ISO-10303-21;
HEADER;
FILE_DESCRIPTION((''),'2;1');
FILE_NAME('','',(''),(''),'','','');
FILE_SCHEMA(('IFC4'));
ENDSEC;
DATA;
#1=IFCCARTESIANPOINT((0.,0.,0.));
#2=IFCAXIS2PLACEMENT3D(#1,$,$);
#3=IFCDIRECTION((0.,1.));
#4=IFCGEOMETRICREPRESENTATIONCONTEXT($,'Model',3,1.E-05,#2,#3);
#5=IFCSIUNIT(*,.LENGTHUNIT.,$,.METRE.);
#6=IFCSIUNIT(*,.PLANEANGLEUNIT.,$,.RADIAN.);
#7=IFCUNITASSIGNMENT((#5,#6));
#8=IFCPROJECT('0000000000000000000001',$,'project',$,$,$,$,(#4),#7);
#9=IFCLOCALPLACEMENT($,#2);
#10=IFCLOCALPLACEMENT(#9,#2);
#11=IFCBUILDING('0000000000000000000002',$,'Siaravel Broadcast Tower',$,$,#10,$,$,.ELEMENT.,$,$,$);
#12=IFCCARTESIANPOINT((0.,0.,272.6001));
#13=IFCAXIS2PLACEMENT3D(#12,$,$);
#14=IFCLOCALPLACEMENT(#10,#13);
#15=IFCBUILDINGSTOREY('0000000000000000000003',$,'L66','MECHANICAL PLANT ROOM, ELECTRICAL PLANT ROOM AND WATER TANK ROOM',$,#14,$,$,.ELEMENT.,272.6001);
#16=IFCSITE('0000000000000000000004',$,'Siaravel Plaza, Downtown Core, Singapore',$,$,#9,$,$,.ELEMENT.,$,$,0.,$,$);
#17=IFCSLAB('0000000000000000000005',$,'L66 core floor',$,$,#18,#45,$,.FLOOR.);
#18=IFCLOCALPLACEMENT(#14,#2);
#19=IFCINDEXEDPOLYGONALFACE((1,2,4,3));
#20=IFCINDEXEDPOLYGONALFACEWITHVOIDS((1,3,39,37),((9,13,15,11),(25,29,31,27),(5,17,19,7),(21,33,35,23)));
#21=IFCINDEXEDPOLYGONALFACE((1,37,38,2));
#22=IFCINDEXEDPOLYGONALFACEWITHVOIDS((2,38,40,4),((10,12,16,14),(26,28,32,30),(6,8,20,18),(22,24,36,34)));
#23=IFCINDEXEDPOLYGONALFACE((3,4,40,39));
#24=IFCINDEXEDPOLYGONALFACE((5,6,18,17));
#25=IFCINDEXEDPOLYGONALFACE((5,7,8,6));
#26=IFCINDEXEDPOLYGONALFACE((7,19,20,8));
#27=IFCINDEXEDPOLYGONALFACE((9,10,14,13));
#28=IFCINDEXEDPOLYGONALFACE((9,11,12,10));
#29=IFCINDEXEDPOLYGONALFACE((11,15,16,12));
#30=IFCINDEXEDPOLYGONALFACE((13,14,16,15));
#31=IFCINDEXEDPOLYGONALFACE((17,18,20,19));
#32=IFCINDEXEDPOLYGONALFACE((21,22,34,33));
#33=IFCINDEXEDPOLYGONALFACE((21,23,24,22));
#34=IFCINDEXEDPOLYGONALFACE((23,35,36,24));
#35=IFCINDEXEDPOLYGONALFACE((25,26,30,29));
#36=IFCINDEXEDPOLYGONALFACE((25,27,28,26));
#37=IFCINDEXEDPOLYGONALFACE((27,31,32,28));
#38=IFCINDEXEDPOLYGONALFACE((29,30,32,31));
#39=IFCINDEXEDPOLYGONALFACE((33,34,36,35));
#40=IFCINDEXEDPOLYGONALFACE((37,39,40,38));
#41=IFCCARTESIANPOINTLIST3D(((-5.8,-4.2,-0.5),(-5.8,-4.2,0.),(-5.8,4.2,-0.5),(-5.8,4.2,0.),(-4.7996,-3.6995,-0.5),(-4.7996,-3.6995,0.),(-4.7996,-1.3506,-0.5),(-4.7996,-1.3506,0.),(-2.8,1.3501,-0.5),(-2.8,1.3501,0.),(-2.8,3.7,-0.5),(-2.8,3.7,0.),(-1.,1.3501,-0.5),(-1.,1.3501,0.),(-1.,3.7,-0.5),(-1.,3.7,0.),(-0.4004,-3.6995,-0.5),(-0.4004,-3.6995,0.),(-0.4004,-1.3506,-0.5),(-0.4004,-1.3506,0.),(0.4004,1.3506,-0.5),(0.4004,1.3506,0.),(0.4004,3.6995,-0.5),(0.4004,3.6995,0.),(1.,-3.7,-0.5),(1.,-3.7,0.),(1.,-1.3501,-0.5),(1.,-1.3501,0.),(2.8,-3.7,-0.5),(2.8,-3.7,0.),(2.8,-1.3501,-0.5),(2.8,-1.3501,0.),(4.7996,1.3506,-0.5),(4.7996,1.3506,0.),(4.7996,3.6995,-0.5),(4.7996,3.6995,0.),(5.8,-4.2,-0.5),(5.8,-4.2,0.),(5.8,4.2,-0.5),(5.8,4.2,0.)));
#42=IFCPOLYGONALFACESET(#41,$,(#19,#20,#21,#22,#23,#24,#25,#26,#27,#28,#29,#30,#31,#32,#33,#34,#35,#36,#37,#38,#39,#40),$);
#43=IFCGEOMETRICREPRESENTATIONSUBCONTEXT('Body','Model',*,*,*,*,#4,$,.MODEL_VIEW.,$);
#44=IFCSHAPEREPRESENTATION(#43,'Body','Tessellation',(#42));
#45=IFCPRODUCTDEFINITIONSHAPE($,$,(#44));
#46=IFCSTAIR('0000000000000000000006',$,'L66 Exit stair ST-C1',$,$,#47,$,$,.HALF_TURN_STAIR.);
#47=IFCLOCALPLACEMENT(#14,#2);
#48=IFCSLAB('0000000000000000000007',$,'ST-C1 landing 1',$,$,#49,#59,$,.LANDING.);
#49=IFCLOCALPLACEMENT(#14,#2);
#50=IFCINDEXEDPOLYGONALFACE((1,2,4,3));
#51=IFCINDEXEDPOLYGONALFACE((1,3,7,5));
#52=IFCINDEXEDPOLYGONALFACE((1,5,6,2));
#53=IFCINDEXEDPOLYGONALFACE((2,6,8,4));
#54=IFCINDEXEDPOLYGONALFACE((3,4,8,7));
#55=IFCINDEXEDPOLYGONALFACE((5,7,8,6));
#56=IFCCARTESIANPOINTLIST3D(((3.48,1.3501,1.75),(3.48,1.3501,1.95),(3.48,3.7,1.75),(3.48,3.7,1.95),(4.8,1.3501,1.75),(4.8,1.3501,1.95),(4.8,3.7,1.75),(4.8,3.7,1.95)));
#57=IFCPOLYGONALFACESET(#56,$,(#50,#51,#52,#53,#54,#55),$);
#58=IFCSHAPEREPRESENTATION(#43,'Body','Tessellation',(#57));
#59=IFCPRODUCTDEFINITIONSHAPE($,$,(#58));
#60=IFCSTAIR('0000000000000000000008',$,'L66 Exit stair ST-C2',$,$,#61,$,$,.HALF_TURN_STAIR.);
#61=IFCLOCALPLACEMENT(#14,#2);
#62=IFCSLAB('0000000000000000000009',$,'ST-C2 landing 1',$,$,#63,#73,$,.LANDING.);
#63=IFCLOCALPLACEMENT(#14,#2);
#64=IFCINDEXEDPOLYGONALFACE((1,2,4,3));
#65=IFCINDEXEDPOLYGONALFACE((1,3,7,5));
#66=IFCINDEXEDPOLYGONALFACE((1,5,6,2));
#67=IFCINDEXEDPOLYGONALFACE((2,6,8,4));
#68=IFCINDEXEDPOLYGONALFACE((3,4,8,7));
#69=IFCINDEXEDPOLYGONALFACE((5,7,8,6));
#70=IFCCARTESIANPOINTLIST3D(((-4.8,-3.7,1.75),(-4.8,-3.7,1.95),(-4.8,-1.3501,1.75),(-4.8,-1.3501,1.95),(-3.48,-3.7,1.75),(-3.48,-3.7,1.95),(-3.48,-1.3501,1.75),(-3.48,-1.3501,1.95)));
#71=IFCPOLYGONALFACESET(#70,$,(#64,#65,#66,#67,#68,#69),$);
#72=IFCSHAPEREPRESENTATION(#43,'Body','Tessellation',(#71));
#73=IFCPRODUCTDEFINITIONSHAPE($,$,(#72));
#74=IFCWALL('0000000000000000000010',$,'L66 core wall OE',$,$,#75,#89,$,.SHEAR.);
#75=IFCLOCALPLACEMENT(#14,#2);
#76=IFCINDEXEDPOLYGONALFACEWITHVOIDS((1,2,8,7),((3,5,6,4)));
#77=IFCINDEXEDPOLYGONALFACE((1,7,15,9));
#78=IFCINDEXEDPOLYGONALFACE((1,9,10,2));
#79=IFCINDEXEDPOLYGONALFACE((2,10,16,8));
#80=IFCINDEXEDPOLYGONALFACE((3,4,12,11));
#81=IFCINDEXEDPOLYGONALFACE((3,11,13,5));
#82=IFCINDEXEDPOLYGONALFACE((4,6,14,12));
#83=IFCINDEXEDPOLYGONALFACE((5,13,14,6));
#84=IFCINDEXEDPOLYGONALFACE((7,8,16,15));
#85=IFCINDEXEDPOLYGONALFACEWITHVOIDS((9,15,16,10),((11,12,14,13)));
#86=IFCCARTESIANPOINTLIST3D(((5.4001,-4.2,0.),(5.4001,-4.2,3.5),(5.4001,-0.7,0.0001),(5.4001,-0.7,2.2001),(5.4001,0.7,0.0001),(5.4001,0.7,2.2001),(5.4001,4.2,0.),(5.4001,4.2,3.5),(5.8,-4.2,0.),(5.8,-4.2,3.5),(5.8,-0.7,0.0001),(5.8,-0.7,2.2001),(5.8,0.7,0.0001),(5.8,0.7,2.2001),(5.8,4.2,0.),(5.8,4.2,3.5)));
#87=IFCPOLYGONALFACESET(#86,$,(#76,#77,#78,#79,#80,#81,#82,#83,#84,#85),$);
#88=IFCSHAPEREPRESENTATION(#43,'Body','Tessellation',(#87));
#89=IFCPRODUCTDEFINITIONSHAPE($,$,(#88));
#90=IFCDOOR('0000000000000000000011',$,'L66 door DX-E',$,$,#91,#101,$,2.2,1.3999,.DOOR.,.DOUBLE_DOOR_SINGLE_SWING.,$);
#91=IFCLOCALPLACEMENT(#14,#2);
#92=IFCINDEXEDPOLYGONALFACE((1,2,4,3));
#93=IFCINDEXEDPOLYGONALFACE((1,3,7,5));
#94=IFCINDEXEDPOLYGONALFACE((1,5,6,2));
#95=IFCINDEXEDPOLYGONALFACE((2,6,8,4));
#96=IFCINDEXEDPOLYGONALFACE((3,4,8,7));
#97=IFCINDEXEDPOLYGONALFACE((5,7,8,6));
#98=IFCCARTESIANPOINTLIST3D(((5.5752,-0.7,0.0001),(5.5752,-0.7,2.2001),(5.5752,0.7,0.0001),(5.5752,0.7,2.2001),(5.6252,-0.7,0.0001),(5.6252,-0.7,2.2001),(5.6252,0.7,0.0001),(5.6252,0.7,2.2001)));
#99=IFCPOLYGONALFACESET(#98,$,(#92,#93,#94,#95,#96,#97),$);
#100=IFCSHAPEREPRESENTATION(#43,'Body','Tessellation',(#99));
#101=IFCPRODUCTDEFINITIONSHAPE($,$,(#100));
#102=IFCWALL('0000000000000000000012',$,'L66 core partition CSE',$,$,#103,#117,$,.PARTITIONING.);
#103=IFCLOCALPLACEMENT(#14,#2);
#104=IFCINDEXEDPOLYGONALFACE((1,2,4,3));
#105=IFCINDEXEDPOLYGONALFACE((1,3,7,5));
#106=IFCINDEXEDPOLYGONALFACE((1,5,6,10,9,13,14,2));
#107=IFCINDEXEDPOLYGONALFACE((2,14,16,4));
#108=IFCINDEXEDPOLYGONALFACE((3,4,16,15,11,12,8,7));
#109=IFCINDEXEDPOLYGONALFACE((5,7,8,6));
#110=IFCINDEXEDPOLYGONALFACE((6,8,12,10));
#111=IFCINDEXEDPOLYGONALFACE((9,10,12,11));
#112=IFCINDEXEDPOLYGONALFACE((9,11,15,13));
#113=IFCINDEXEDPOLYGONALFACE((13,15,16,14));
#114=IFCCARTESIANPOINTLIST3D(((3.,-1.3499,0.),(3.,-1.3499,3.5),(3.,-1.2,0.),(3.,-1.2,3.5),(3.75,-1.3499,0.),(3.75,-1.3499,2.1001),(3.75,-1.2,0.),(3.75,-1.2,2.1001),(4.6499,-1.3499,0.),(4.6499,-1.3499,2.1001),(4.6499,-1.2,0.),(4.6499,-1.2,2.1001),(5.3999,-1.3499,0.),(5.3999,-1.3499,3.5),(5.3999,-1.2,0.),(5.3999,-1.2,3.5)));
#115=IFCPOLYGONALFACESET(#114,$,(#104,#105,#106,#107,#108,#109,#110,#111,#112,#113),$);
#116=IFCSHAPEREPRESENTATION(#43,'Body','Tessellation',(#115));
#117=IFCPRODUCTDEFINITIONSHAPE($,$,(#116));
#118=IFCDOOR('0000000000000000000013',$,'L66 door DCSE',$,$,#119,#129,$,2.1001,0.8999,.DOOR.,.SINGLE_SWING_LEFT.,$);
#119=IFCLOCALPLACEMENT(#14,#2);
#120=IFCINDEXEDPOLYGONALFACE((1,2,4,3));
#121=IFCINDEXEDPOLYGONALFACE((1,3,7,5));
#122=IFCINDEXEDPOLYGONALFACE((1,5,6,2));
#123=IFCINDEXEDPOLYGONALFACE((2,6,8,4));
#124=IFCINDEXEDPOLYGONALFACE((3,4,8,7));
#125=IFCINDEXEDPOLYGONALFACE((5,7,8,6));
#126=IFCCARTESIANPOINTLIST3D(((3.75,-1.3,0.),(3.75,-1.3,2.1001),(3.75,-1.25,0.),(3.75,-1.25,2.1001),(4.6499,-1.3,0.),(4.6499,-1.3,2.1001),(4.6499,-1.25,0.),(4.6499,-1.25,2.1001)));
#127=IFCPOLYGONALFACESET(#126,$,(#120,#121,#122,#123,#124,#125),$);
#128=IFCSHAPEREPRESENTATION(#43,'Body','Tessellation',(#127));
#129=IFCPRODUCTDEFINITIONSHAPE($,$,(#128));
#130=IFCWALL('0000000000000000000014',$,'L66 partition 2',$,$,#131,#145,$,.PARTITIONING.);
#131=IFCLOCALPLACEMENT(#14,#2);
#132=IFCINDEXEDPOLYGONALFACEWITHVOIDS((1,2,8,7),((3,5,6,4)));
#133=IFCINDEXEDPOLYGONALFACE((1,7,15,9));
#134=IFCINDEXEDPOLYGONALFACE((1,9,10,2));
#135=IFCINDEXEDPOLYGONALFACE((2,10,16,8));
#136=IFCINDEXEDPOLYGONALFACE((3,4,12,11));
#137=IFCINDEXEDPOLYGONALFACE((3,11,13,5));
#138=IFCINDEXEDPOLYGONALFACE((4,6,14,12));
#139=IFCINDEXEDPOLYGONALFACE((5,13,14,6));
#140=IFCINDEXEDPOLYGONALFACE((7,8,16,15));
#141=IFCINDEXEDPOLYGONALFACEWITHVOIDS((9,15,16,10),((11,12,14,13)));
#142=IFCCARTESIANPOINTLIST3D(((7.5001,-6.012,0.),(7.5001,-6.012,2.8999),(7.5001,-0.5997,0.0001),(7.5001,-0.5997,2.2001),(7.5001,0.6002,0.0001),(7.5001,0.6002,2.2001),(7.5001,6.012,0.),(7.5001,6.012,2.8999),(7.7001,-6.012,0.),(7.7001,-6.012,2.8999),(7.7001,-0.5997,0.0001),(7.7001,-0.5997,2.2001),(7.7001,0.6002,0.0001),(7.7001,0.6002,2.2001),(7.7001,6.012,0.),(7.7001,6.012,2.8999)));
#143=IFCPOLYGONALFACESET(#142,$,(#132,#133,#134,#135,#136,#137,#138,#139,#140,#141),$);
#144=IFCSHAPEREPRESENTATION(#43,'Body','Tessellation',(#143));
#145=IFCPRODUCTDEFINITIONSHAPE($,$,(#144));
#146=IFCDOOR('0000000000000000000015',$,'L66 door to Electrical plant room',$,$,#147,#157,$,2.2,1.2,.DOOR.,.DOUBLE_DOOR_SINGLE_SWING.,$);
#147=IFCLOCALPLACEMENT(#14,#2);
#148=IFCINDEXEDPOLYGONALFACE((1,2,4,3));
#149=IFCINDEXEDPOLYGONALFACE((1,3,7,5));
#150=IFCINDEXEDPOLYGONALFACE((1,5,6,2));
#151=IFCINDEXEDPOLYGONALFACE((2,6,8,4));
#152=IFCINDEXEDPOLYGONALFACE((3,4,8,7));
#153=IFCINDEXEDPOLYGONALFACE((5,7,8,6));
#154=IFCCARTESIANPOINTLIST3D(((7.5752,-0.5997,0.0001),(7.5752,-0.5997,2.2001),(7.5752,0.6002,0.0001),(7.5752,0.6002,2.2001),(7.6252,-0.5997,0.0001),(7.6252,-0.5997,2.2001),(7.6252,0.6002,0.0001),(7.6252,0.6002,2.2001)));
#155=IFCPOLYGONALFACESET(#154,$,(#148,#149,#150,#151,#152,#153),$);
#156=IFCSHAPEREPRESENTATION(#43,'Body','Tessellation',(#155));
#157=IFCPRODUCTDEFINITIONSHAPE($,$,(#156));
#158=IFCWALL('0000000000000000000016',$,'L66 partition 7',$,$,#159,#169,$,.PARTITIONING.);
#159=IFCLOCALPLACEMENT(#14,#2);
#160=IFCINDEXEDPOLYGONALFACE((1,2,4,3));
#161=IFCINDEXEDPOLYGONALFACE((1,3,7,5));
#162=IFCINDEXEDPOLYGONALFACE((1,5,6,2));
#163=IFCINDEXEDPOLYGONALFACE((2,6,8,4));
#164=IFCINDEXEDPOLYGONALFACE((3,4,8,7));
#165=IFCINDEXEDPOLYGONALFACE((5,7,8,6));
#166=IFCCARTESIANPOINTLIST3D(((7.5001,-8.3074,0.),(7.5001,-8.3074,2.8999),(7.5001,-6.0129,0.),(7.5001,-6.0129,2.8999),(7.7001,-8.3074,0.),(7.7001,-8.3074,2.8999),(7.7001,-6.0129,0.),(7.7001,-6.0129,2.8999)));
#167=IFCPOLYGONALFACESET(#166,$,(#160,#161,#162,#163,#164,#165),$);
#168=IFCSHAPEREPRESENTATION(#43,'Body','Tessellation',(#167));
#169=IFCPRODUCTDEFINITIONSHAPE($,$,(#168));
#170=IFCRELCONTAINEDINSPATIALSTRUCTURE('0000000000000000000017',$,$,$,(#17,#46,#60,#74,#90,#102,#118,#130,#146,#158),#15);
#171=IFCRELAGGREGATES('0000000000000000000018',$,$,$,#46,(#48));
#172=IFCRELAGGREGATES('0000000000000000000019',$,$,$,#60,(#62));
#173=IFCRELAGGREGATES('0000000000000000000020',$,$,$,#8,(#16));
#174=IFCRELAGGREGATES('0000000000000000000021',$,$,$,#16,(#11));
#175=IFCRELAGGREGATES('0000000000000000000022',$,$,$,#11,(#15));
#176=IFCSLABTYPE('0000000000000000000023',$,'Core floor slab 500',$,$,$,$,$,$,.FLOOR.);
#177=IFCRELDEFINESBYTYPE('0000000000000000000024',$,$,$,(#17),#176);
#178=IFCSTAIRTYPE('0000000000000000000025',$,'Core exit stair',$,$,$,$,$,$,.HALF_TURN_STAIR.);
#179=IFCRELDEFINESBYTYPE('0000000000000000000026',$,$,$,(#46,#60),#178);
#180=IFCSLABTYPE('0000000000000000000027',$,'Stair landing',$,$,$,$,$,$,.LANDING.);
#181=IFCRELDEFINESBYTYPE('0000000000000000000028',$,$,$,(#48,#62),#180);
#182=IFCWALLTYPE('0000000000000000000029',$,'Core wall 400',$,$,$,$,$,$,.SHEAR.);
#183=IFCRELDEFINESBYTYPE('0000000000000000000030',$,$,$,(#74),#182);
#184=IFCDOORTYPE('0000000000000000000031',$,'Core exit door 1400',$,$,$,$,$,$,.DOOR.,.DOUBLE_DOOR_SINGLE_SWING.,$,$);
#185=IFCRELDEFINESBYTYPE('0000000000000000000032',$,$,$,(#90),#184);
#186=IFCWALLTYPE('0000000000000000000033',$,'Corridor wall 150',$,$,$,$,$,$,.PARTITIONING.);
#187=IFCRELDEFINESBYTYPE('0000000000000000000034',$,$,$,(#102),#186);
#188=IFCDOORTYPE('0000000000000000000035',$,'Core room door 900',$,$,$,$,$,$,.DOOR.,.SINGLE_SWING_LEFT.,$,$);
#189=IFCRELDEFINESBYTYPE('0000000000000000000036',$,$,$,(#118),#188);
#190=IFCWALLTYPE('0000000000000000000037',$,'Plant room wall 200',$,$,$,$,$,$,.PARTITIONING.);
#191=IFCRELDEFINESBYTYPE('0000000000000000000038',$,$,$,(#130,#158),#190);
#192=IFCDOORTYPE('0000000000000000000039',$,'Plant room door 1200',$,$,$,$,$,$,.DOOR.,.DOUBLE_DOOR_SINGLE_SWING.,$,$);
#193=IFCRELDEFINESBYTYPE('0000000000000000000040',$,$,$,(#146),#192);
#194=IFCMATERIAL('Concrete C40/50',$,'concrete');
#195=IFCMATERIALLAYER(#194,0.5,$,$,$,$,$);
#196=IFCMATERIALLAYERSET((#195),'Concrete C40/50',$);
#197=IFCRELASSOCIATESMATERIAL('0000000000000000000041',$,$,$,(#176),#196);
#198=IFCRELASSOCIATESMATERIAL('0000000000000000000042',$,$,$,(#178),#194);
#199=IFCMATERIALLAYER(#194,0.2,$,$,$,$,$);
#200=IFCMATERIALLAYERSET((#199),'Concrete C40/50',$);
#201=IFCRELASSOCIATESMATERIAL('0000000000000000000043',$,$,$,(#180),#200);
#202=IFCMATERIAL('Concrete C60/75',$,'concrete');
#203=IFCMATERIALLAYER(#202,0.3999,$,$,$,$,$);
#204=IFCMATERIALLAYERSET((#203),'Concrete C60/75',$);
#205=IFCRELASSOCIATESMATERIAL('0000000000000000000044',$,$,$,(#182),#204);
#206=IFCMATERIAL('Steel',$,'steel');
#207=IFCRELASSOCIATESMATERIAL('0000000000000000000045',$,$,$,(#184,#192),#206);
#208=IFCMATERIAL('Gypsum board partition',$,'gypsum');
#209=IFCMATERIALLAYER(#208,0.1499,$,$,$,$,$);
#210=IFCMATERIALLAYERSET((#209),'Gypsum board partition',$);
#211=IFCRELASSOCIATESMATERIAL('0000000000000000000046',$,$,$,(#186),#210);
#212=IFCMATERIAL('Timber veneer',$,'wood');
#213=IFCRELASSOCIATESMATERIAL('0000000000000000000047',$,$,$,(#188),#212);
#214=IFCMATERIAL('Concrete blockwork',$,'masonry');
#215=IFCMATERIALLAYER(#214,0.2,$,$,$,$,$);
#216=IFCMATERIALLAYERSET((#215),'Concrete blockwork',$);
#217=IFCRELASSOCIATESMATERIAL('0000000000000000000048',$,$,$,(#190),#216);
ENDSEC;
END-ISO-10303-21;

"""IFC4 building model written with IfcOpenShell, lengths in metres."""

from ifc_helpers import new_model, si_unit, direction, frame, frame_2d, origin, place, context, subcontext, project, spatial, polyline, rectangle, outline, extrude, material, layer, layer_set, type_object, element, fill, aggregate, save


model = new_model("IFC4")

# Units and contexts
model_context = context("Model", 3, precision=1e-05, world=origin(), true_north=direction((0.0, 1.0)))
body_context = subcontext(model_context, "Body", "Model", "MODEL_VIEW")
ifc_project = project(units=[si_unit("LENGTHUNIT", "METRE"), si_unit("PLANEANGLEUNIT", "RADIAN")], contexts=[model_context])

# Site, building, storey
site_placement = place(None, origin())
site = spatial("IfcSite", under=ifc_project, at=site_placement, Name="Siaravel Plaza, Downtown Core, Singapore", CompositionType="ELEMENT", RefElevation=0.0)
building_placement = place(site_placement, origin())
building = spatial("IfcBuilding", under=site, at=building_placement, Name="Siaravel Broadcast Tower", CompositionType="ELEMENT")
storey_placement = place(building_placement, frame((0.0, 0.0, 272.6001)))
storey = spatial("IfcBuildingStorey", under=building, at=storey_placement, Name="L66", Description="MECHANICAL PLANT ROOM, ELECTRICAL PLANT ROOM AND WATER TANK ROOM", CompositionType="ELEMENT", Elevation=272.6001)

# Slab
ifc_material_1 = material(Name="Concrete C40/50", Category="concrete")
ifc_layer_1 = layer(ifc_material_1, 0.5)
ifc_layer_set_1 = layer_set([ifc_layer_1], Name="Concrete C40/50")
slab_type_1 = type_object("IfcSlabType", Name="Core floor slab 500", PredefinedType="FLOOR", material=ifc_layer_set_1)
slab_1_placement = place(storey_placement, frame((0.0, 0.0, -0.5)))
element("IfcSlab", 1, at=slab_1_placement, inside=storey, type_object=slab_type_1, Name="L66 core floor", PredefinedType="FLOOR", context=body_context, shape_type="SweptSolid", body=[
    extrude(outline(polyline([(-5.8, -4.2), (-5.8, 4.2), (5.8, 4.2), (5.8, -4.2), (-5.8, -4.2)]), holes=[polyline([(0.4004, 3.6995), (0.4004, 1.3506), (4.7996, 1.3506), (4.7996, 3.6995), (0.4004, 3.6995)]), polyline([(1.0, -3.7), (2.8, -3.7), (2.8, -1.3501), (1.0, -1.3501), (1.0, -3.7)]), polyline([(-0.4004, -3.6995), (-0.4004, -1.3506), (-4.7996, -1.3506), (-4.7996, -3.6995), (-0.4004, -3.6995)]), polyline([(-2.8, 1.3501), (-1.0, 1.3501), (-1.0, 3.7), (-2.8, 3.7), (-2.8, 1.3501)])]), origin(), (0.0, 0.0, 1.0), 0.5),
])

# Stairs, slabs
stair_type = type_object("IfcStairType", Name="Core exit stair", PredefinedType="HALF_TURN_STAIR", material=ifc_material_1)
stair_1_placement = place(storey_placement, origin())
stair_1 = element("IfcStair", 2, at=stair_1_placement, inside=storey, type_object=stair_type, Name="L66 Exit stair ST-C1", PredefinedType="HALF_TURN_STAIR")
ifc_layer_2 = layer(ifc_material_1, 0.2)
ifc_layer_set_2 = layer_set([ifc_layer_2], Name="Concrete C40/50")
slab_type_2 = type_object("IfcSlabType", Name="Stair landing", PredefinedType="LANDING", material=ifc_layer_set_2)
slab_2_placement = place(storey_placement, frame((0.0, 0.0, 1.75)))
slab_2 = element("IfcSlab", 3, at=slab_2_placement, type_object=slab_type_2, Name="ST-C1 landing 1", PredefinedType="LANDING", context=body_context, shape_type="SweptSolid", body=[
    extrude(outline(polyline([(3.48, 1.3501), (4.8, 1.3501), (4.8, 3.7), (3.48, 3.7), (3.48, 1.3501)])), origin(), (0.0, 0.0, 1.0), 0.2),
])
aggregate(stair_1, [slab_2])
stair_2_placement = place(storey_placement, origin())
stair_2 = element("IfcStair", 4, at=stair_2_placement, inside=storey, type_object=stair_type, Name="L66 Exit stair ST-C2", PredefinedType="HALF_TURN_STAIR")
slab_3_placement = place(storey_placement, frame((0.0, 0.0, 1.75)))
slab_3 = element("IfcSlab", 5, at=slab_3_placement, type_object=slab_type_2, Name="ST-C2 landing 1", PredefinedType="LANDING", context=body_context, shape_type="SweptSolid", body=[
    extrude(outline(polyline([(-3.48, -1.3501), (-4.8, -1.3501), (-4.8, -3.7), (-3.48, -3.7), (-3.48, -1.3501)])), origin(), (0.0, 0.0, 1.0), 0.2),
])
aggregate(stair_2, [slab_3])

# Walls, openings, doors
ifc_material_2 = material(Name="Concrete C60/75", Category="concrete")
ifc_layer_3 = layer(ifc_material_2, 0.3999)
ifc_layer_set_3 = layer_set([ifc_layer_3], Name="Concrete C60/75")
wall_type_1 = type_object("IfcWallType", Name="Core wall 400", PredefinedType="SHEAR", material=ifc_layer_set_3)
wall_1_placement = place(storey_placement, frame((5.6001, -4.2, 0.0), z_axis=(0.0, 0.0, 1.0), x_axis=(0.0, 1.0, 0.0)))
wall_1 = element("IfcWall", 6, at=wall_1_placement, inside=storey, type_object=wall_type_1, Name="L66 core wall OE", PredefinedType="SHEAR", context=body_context, shape_type="SweptSolid", body=[
    extrude(rectangle(XDim=8.3999, YDim=0.3999, at=frame_2d((4.2, 0.0))), origin(), (0.0, 0.0, 1.0), 3.5),
])
opening_1_placement = place(wall_1_placement, frame((3.5, 0.0, 0.0)))
opening_1 = element("IfcOpeningElement", 7, at=opening_1_placement, cuts=wall_1, PredefinedType="OPENING", context=body_context, shape_type="SweptSolid", body=[
    extrude(rectangle(XDim=1.3999, YDim=2.2, at=frame_2d((0.7, 1.1001))), frame((0.0, 0.21, 0.0), z_axis=(0.0, -1.0, 0.0), x_axis=(1.0, 0.0, 0.0)), (0.0, 0.0, 1.0), 0.4199),
])
ifc_material_3 = material(Name="Steel", Category="steel")
door_type_1 = type_object("IfcDoorType", Name="Core exit door 1400", OperationType="DOUBLE_DOOR_SINGLE_SWING", PredefinedType="DOOR", material=ifc_material_3)
door_1_placement = place(opening_1_placement, origin())
door_1 = element("IfcDoor", 8, at=door_1_placement, inside=storey, type_object=door_type_1, Name="L66 door DX-E", OperationType="DOUBLE_DOOR_SINGLE_SWING", OverallHeight=2.2, OverallWidth=1.3999, PredefinedType="DOOR", context=body_context, shape_type="SweptSolid", body=[
    extrude(rectangle(XDim=1.3999, YDim=2.2, at=frame_2d((0.7, 1.1001))), frame((0.0, 0.0249, 0.0), z_axis=(0.0, -1.0, 0.0), x_axis=(1.0, 0.0, 0.0)), (0.0, 0.0, 1.0), 0.05),
])
fill(opening_1, door_1)
ifc_material_4 = material(Name="Gypsum board partition", Category="gypsum")
ifc_layer_4 = layer(ifc_material_4, 0.1499)
ifc_layer_set_4 = layer_set([ifc_layer_4], Name="Gypsum board partition")
wall_type_2 = type_object("IfcWallType", Name="Corridor wall 150", PredefinedType="PARTITIONING", material=ifc_layer_set_4)
wall_2_placement = place(storey_placement, frame((3.0, -1.2749, 0.0), z_axis=(0.0, 0.0, 1.0), x_axis=(1.0, 0.0, 0.0)))
wall_2 = element("IfcWall", 9, at=wall_2_placement, inside=storey, type_object=wall_type_2, Name="L66 core partition CSE", PredefinedType="PARTITIONING", context=body_context, shape_type="SweptSolid", body=[
    extrude(rectangle(XDim=2.3999, YDim=0.1499, at=frame_2d((1.2, 0.0))), origin(), (0.0, 0.0, 1.0), 3.5),
])
opening_2_placement = place(wall_2_placement, frame((0.75, 0.0, 0.0)))
opening_2 = element("IfcOpeningElement", 10, at=opening_2_placement, cuts=wall_2, PredefinedType="OPENING", context=body_context, shape_type="SweptSolid", body=[
    extrude(rectangle(XDim=0.8999, YDim=2.1001, at=frame_2d((0.45, 1.05))), frame((0.0, 0.085, 0.0), z_axis=(0.0, -1.0, 0.0), x_axis=(1.0, 0.0, 0.0)), (0.0, 0.0, 1.0), 0.1699),
])
ifc_material_5 = material(Name="Timber veneer", Category="wood")
door_type_2 = type_object("IfcDoorType", Name="Core room door 900", OperationType="SINGLE_SWING_LEFT", PredefinedType="DOOR", material=ifc_material_5)
door_2_placement = place(opening_2_placement, origin())
door_2 = element("IfcDoor", 11, at=door_2_placement, inside=storey, type_object=door_type_2, Name="L66 door DCSE", OperationType="SINGLE_SWING_LEFT", OverallHeight=2.1001, OverallWidth=0.8999, PredefinedType="DOOR", context=body_context, shape_type="SweptSolid", body=[
    extrude(rectangle(XDim=0.8999, YDim=2.1001, at=frame_2d((0.45, 1.05))), frame((0.0, 0.0249, 0.0), z_axis=(0.0, -1.0, 0.0), x_axis=(1.0, 0.0, 0.0)), (0.0, 0.0, 1.0), 0.05),
])
fill(opening_2, door_2)
ifc_material_6 = material(Name="Concrete blockwork", Category="masonry")
ifc_layer_5 = layer(ifc_material_6, 0.2)
ifc_layer_set_5 = layer_set([ifc_layer_5], Name="Concrete blockwork")
wall_type_3 = type_object("IfcWallType", Name="Plant room wall 200", PredefinedType="PARTITIONING", material=ifc_layer_set_5)
wall_3_placement = place(storey_placement, frame((7.6001, -6.012, 0.0), z_axis=(0.0, 0.0, 1.0), x_axis=(0.0, 1.0, 0.0)))
wall_3 = element("IfcWall", 12, at=wall_3_placement, inside=storey, type_object=wall_type_3, Name="L66 partition 2", PredefinedType="PARTITIONING", context=body_context, shape_type="SweptSolid", body=[
    extrude(rectangle(XDim=12.0239, YDim=0.2, at=frame_2d((6.012, 0.0))), origin(), (0.0, 0.0, 1.0), 2.8999),
])
opening_3_placement = place(wall_3_placement, frame((5.4121, 0.0, 0.0)))
opening_3 = element("IfcOpeningElement", 13, at=opening_3_placement, cuts=wall_3, PredefinedType="OPENING", context=body_context, shape_type="SweptSolid", body=[
    extrude(rectangle(XDim=1.2, YDim=2.2, at=frame_2d((0.6001, 1.1001))), frame((0.0, 0.1099, 0.0), z_axis=(0.0, -1.0, 0.0), x_axis=(1.0, 0.0, 0.0)), (0.0, 0.0, 1.0), 0.22),
])
door_type_3 = type_object("IfcDoorType", Name="Plant room door 1200", OperationType="DOUBLE_DOOR_SINGLE_SWING", PredefinedType="DOOR", material=ifc_material_3)
door_3_placement = place(opening_3_placement, origin())
door_3 = element("IfcDoor", 14, at=door_3_placement, inside=storey, type_object=door_type_3, Name="L66 door to Electrical plant room", OperationType="DOUBLE_DOOR_SINGLE_SWING", OverallHeight=2.2, OverallWidth=1.2, PredefinedType="DOOR", context=body_context, shape_type="SweptSolid", body=[
    extrude(rectangle(XDim=1.2, YDim=2.2, at=frame_2d((0.6001, 1.1001))), frame((0.0, 0.0249, 0.0), z_axis=(0.0, -1.0, 0.0), x_axis=(1.0, 0.0, 0.0)), (0.0, 0.0, 1.0), 0.05),
])
fill(opening_3, door_3)

# Wall
wall_4_placement = place(storey_placement, frame((7.6001, -6.0129, 0.0), z_axis=(0.0, 0.0, 1.0), x_axis=(0.0, -1.0, 0.0)))
element("IfcWall", 15, at=wall_4_placement, inside=storey, type_object=wall_type_3, Name="L66 partition 7", PredefinedType="PARTITIONING", context=body_context, shape_type="SweptSolid", body=[
    extrude(rectangle(XDim=2.2944, YDim=0.2, at=frame_2d((1.1472, 0.0))), origin(), (0.0, 0.0, 1.0), 2.8999),
])

save(model, "model.ifc")
